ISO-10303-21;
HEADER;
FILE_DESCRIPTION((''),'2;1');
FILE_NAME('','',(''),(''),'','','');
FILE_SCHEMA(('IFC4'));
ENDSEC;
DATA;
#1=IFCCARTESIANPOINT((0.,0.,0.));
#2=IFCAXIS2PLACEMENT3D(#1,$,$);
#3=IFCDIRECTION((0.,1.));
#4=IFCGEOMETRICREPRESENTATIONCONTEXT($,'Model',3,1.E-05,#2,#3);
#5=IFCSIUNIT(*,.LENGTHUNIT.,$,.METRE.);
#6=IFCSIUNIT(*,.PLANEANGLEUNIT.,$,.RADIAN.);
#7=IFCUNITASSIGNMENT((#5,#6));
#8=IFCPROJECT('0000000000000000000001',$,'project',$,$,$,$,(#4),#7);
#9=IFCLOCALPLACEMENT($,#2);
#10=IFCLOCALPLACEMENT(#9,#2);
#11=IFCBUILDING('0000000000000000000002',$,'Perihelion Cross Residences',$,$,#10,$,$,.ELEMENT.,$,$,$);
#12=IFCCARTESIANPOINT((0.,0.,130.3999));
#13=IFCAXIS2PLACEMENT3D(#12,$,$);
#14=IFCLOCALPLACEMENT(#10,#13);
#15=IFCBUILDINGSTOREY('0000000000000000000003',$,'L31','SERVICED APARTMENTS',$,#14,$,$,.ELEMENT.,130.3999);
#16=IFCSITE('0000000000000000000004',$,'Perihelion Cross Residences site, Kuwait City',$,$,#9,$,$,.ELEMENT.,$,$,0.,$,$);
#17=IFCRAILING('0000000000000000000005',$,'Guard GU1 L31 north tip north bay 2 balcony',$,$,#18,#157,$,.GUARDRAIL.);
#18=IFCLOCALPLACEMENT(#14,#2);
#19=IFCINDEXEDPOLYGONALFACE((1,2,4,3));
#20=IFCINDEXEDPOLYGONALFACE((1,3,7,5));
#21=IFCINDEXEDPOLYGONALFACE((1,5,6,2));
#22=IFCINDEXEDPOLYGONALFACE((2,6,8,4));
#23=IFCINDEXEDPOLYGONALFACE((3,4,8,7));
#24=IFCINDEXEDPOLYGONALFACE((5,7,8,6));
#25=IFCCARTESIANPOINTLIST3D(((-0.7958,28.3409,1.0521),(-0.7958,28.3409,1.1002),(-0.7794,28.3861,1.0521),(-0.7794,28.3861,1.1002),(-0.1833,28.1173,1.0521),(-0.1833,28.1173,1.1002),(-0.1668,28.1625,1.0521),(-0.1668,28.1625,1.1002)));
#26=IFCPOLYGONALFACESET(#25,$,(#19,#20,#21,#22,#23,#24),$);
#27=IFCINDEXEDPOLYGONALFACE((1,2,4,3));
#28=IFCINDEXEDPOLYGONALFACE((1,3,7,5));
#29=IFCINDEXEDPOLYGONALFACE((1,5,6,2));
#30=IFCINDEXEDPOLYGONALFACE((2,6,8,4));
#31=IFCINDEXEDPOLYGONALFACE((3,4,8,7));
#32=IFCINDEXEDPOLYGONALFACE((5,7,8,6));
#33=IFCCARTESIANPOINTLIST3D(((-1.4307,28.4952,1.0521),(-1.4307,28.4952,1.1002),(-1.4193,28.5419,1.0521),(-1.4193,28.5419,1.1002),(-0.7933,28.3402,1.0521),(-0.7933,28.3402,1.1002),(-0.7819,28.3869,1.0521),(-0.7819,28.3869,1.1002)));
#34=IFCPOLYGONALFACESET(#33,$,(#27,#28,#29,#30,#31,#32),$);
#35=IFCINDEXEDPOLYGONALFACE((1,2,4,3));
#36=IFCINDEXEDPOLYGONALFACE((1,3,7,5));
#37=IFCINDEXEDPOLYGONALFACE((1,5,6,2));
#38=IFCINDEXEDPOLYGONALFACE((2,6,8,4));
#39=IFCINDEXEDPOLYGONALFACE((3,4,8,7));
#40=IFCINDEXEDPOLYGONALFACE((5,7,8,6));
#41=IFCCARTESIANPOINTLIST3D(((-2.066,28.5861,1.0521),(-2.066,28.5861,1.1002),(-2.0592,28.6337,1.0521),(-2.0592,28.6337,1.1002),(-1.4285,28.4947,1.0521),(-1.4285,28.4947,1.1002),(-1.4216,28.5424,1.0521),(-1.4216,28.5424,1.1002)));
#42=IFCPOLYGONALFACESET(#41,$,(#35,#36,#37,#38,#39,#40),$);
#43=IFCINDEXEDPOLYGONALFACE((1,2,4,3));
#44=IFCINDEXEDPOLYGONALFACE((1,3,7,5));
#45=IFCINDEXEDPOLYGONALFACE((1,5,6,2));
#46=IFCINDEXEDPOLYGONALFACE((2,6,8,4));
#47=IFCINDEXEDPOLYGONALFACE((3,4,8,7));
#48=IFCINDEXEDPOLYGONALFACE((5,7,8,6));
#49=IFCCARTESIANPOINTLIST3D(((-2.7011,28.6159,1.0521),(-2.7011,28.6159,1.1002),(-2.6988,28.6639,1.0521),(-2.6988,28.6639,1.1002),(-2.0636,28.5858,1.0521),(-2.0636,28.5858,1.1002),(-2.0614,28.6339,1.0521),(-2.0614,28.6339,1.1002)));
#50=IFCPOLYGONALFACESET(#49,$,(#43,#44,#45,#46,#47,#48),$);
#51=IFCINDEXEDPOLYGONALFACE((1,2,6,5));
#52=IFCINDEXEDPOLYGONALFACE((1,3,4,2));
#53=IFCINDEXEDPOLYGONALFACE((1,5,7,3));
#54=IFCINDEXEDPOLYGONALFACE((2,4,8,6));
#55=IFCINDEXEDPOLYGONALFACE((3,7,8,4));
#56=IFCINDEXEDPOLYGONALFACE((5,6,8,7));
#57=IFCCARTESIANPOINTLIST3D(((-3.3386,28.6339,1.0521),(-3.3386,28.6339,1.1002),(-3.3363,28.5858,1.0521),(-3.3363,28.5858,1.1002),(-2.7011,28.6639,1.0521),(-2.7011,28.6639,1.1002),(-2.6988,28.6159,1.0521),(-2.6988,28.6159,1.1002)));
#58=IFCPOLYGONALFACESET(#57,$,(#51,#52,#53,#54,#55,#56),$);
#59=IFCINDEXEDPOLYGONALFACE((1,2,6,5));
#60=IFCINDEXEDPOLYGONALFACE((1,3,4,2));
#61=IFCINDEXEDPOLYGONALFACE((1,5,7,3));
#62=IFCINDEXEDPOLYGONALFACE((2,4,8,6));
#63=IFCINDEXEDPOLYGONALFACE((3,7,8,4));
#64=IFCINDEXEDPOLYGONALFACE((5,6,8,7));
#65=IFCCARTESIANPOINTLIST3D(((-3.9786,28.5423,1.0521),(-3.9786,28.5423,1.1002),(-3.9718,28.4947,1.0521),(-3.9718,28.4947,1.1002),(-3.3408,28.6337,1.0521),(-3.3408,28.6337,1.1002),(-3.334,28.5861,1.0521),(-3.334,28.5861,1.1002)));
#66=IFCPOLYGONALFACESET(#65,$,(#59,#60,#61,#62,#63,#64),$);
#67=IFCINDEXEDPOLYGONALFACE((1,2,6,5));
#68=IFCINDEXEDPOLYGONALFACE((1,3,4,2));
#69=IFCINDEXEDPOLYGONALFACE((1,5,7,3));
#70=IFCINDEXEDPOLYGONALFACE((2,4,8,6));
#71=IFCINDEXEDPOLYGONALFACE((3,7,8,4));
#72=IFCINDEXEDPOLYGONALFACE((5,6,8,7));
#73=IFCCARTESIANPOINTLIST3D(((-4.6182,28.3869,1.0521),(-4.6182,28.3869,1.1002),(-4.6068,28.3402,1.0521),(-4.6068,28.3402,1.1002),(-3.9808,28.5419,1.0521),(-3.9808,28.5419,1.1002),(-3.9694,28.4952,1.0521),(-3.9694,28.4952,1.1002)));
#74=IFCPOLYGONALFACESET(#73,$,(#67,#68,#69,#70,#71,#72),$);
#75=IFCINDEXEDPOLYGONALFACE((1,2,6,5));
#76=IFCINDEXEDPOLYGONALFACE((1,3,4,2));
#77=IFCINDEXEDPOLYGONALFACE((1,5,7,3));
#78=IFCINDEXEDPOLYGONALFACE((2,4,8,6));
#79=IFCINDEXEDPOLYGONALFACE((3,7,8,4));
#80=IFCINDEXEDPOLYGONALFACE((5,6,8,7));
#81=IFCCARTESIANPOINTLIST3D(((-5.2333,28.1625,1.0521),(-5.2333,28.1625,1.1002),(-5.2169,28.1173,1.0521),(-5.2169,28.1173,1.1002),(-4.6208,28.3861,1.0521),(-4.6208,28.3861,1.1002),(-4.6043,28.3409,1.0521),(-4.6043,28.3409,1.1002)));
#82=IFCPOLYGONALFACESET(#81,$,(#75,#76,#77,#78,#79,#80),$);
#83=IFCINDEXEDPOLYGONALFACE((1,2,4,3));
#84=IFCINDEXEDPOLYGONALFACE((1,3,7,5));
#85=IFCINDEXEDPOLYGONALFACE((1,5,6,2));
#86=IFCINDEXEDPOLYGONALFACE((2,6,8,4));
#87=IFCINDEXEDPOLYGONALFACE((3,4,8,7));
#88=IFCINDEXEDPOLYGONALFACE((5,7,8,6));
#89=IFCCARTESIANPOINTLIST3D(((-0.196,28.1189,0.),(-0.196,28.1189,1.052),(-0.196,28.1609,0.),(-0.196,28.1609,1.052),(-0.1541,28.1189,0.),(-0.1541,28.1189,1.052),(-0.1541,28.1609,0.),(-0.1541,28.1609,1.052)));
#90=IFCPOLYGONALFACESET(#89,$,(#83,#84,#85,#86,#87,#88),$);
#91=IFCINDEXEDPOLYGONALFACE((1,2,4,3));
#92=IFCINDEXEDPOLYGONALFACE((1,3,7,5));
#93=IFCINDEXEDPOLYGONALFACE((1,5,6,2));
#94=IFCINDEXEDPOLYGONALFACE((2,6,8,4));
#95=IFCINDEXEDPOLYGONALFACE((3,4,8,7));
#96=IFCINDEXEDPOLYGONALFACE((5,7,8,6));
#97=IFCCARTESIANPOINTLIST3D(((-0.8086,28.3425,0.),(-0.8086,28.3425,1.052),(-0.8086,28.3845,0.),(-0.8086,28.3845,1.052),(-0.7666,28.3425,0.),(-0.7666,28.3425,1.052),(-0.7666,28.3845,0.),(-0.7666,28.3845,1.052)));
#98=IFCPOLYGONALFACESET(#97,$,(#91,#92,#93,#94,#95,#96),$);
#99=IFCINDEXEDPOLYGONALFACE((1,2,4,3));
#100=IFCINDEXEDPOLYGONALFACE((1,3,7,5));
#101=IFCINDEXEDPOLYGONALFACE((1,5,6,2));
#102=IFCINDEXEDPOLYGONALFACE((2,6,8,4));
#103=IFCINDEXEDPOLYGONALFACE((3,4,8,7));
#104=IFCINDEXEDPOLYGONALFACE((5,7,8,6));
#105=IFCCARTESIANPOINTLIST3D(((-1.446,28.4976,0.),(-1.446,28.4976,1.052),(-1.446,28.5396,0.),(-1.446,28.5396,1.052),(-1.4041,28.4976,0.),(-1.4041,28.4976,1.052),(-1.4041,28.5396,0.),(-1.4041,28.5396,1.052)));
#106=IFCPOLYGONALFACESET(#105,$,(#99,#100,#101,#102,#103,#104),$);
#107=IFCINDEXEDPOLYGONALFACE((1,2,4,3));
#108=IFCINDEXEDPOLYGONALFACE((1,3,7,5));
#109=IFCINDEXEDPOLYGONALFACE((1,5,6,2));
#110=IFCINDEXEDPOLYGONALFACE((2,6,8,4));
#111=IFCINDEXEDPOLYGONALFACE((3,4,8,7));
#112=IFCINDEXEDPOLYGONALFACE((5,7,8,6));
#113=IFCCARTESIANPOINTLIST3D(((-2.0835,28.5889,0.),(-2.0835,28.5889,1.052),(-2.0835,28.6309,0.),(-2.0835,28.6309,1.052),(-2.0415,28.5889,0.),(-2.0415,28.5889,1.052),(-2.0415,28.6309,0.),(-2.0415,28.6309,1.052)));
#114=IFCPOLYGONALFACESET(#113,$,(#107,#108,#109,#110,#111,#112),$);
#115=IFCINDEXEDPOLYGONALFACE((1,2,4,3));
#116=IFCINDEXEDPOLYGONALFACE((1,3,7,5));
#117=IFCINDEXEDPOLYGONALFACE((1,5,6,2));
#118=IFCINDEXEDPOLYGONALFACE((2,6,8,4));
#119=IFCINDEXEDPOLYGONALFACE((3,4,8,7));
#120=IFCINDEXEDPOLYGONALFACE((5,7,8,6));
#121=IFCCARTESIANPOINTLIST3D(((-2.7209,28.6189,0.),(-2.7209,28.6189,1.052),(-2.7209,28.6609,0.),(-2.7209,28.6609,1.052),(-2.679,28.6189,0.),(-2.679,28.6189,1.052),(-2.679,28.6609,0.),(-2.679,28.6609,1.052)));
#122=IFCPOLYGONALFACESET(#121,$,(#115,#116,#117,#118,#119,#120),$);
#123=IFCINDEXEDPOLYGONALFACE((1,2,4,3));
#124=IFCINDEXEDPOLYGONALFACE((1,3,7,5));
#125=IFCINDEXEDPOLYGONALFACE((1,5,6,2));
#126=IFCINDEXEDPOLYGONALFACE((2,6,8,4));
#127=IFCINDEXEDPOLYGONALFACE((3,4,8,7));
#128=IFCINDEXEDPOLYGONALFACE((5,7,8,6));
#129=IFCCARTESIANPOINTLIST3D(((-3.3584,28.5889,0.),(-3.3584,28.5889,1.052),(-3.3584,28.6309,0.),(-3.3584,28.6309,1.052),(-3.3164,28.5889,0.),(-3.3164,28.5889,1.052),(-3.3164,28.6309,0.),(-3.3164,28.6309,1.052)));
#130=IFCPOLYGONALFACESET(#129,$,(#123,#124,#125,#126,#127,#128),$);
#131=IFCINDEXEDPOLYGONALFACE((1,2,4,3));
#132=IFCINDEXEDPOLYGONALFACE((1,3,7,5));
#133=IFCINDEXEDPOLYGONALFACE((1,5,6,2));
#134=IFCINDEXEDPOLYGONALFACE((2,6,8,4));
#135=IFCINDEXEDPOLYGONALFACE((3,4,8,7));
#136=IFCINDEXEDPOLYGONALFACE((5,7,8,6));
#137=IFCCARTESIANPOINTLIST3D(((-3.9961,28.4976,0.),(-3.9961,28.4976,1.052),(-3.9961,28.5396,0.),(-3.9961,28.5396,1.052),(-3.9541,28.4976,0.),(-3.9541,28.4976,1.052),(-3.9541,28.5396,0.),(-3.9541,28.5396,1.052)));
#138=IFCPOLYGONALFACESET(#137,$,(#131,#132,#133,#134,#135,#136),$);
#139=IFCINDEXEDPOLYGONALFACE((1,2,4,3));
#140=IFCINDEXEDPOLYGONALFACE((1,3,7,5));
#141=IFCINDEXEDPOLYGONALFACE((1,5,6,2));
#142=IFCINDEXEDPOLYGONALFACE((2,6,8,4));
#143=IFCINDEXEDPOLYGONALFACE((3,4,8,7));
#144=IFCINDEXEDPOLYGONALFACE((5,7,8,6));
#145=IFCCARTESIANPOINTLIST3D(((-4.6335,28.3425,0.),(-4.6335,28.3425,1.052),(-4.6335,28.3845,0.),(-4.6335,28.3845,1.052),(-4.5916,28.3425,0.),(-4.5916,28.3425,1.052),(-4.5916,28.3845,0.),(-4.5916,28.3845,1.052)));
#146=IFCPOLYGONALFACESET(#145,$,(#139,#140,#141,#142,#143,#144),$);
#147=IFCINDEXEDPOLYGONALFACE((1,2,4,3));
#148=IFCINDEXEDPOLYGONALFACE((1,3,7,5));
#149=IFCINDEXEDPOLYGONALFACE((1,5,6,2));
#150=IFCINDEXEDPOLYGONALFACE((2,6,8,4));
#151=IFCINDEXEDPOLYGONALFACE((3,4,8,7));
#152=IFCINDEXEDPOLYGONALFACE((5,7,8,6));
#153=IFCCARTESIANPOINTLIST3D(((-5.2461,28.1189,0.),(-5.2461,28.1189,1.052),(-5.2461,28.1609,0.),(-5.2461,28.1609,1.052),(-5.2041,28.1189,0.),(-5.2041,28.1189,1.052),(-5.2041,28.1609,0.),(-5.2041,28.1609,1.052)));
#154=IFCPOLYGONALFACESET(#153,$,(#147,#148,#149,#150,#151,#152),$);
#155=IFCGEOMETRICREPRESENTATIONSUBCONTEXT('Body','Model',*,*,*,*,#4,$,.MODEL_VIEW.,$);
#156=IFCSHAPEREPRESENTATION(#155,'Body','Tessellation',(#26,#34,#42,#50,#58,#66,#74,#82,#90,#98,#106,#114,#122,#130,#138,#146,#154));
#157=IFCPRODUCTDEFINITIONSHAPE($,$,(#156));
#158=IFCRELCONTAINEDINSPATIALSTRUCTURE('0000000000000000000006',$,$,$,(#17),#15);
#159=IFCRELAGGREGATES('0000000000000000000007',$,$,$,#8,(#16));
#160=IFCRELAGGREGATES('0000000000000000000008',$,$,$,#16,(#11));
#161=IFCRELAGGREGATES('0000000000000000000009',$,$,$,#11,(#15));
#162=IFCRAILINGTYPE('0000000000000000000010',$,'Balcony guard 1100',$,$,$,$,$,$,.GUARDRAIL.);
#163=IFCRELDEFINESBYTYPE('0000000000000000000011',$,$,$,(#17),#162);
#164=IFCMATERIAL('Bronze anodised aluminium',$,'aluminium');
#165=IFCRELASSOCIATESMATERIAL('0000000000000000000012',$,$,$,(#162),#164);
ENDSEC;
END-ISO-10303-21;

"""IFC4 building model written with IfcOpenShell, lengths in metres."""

from ifc_helpers import new_model, si_unit, direction, frame, origin, origin_2d, place, context, subcontext, project, spatial, rectangle, extrude, material, type_object, element, save


model = new_model("IFC4")

# Units and contexts
model_context = context("Model", 3, precision=1e-05, world=origin(), true_north=direction((0.0, 1.0)))
body_context = subcontext(model_context, "Body", "Model", "MODEL_VIEW")
ifc_project = project(units=[si_unit("LENGTHUNIT", "METRE"), si_unit("PLANEANGLEUNIT", "RADIAN")], contexts=[model_context])

# Site, building, storey
site_placement = place(None, origin())
site = spatial("IfcSite", under=ifc_project, at=site_placement, Name="Perihelion Cross Residences site, Kuwait City", CompositionType="ELEMENT", RefElevation=0.0)
building_placement = place(site_placement, origin())
building = spatial("IfcBuilding", under=site, at=building_placement, Name="Perihelion Cross Residences", CompositionType="ELEMENT")
storey_placement = place(building_placement, frame((0.0, 0.0, 130.3999)))
storey = spatial("IfcBuildingStorey", under=building, at=storey_placement, Name="L31", Description="SERVICED APARTMENTS", CompositionType="ELEMENT", Elevation=130.3999)

# Railing
ifc_material_1 = material(Name="Bronze anodised aluminium", Category="aluminium")
railing_type = type_object("IfcRailingType", Name="Balcony guard 1100", PredefinedType="GUARDRAIL", material=ifc_material_1)
railing_placement = place(storey_placement, frame((-0.175, 28.1399, 0.0)))
element("IfcRailing", 1, at=railing_placement, inside=storey, type_object=railing_type, Name="Guard GU1 L31 north tip north bay 2 balcony", PredefinedType="GUARDRAIL", context=body_context, shape_type="SweptSolid", body=[
    extrude(rectangle(XDim=0.0481, YDim=0.0481, at=origin_2d()), frame((0.0, 0.0, 1.0762), z_axis=(-0.939355, 0.342945, 0.0), x_axis=(-0.342945, -0.939355, 0.0)), (0.0, 0.0, 1.0), 0.6521),
    extrude(rectangle(XDim=0.0481, YDim=0.0481, at=origin_2d()), frame((-0.6125, 0.2236, 1.0762), z_axis=(-0.971677, 0.236314, 0.0), x_axis=(-0.236314, -0.971677, 0.0)), (0.0, 0.0, 1.0), 0.656),
    extrude(rectangle(XDim=0.0481, YDim=0.0481, at=origin_2d()), frame((-1.25, 0.3787, 1.0762), z_axis=(-0.989896, 0.141793, 0.0), x_axis=(-0.141793, -0.989896, 0.0)), (0.0, 0.0, 1.0), 0.644),
    extrude(rectangle(XDim=0.0481, YDim=0.0481, at=origin_2d()), frame((-1.8875, 0.47, 1.0762), z_axis=(-0.998892, 0.047056, 0.0), x_axis=(-0.047056, -0.998892, 0.0)), (0.0, 0.0, 1.0), 0.6382),
    extrude(rectangle(XDim=0.0481, YDim=0.0481, at=origin_2d()), frame((-2.5249, 0.5, 1.0762), z_axis=(-0.998892, -0.047056, 0.0), x_axis=(0.047056, -0.998892, 0.0)), (0.0, 0.0, 1.0), 0.6382),
    extrude(rectangle(XDim=0.0481, YDim=0.0481, at=origin_2d()), frame((-3.1624, 0.47, 1.0762), z_axis=(-0.989904, -0.14174, 0.0), x_axis=(0.14174, -0.989904, 0.0)), (0.0, 0.0, 1.0), 0.6443),
    extrude(rectangle(XDim=0.0481, YDim=0.0481, at=origin_2d()), frame((-3.8, 0.3787, 1.0762), z_axis=(-0.971677, -0.236314, 0.0), x_axis=(0.236314, -0.971677, 0.0)), (0.0, 0.0, 1.0), 0.656),
    extrude(rectangle(XDim=0.0481, YDim=0.0481, at=origin_2d()), frame((-4.4375, 0.2236, 1.0762), z_axis=(-0.939355, -0.342945, 0.0), x_axis=(0.342945, -0.939355, 0.0)), (0.0, 0.0, 1.0), 0.6521),
    extrude(rectangle(XDim=0.042, YDim=0.042, at=origin_2d()), origin(), (0.0, 0.0, 1.0), 1.052),
    extrude(rectangle(XDim=0.042, YDim=0.042, at=origin_2d()), frame((-0.6125, 0.2236, 0.0)), (0.0, 0.0, 1.0), 1.052),
    extrude(rectangle(XDim=0.042, YDim=0.042, at=origin_2d()), frame((-1.25, 0.3787, 0.0)), (0.0, 0.0, 1.0), 1.052),
    extrude(rectangle(XDim=0.042, YDim=0.042, at=origin_2d()), frame((-1.8875, 0.47, 0.0)), (0.0, 0.0, 1.0), 1.052),
    extrude(rectangle(XDim=0.042, YDim=0.042, at=origin_2d()), frame((-2.5249, 0.5, 0.0)), (0.0, 0.0, 1.0), 1.052),
    extrude(rectangle(XDim=0.042, YDim=0.042, at=origin_2d()), frame((-3.1624, 0.47, 0.0)), (0.0, 0.0, 1.0), 1.052),
    extrude(rectangle(XDim=0.042, YDim=0.042, at=origin_2d()), frame((-3.8, 0.3787, 0.0)), (0.0, 0.0, 1.0), 1.052),
    extrude(rectangle(XDim=0.042, YDim=0.042, at=origin_2d()), frame((-4.4375, 0.2236, 0.0)), (0.0, 0.0, 1.0), 1.052),
    extrude(rectangle(XDim=0.042, YDim=0.042, at=origin_2d()), frame((-5.05, 0.0, 0.0)), (0.0, 0.0, 1.0), 1.052),
])

save(model, "model.ifc")
